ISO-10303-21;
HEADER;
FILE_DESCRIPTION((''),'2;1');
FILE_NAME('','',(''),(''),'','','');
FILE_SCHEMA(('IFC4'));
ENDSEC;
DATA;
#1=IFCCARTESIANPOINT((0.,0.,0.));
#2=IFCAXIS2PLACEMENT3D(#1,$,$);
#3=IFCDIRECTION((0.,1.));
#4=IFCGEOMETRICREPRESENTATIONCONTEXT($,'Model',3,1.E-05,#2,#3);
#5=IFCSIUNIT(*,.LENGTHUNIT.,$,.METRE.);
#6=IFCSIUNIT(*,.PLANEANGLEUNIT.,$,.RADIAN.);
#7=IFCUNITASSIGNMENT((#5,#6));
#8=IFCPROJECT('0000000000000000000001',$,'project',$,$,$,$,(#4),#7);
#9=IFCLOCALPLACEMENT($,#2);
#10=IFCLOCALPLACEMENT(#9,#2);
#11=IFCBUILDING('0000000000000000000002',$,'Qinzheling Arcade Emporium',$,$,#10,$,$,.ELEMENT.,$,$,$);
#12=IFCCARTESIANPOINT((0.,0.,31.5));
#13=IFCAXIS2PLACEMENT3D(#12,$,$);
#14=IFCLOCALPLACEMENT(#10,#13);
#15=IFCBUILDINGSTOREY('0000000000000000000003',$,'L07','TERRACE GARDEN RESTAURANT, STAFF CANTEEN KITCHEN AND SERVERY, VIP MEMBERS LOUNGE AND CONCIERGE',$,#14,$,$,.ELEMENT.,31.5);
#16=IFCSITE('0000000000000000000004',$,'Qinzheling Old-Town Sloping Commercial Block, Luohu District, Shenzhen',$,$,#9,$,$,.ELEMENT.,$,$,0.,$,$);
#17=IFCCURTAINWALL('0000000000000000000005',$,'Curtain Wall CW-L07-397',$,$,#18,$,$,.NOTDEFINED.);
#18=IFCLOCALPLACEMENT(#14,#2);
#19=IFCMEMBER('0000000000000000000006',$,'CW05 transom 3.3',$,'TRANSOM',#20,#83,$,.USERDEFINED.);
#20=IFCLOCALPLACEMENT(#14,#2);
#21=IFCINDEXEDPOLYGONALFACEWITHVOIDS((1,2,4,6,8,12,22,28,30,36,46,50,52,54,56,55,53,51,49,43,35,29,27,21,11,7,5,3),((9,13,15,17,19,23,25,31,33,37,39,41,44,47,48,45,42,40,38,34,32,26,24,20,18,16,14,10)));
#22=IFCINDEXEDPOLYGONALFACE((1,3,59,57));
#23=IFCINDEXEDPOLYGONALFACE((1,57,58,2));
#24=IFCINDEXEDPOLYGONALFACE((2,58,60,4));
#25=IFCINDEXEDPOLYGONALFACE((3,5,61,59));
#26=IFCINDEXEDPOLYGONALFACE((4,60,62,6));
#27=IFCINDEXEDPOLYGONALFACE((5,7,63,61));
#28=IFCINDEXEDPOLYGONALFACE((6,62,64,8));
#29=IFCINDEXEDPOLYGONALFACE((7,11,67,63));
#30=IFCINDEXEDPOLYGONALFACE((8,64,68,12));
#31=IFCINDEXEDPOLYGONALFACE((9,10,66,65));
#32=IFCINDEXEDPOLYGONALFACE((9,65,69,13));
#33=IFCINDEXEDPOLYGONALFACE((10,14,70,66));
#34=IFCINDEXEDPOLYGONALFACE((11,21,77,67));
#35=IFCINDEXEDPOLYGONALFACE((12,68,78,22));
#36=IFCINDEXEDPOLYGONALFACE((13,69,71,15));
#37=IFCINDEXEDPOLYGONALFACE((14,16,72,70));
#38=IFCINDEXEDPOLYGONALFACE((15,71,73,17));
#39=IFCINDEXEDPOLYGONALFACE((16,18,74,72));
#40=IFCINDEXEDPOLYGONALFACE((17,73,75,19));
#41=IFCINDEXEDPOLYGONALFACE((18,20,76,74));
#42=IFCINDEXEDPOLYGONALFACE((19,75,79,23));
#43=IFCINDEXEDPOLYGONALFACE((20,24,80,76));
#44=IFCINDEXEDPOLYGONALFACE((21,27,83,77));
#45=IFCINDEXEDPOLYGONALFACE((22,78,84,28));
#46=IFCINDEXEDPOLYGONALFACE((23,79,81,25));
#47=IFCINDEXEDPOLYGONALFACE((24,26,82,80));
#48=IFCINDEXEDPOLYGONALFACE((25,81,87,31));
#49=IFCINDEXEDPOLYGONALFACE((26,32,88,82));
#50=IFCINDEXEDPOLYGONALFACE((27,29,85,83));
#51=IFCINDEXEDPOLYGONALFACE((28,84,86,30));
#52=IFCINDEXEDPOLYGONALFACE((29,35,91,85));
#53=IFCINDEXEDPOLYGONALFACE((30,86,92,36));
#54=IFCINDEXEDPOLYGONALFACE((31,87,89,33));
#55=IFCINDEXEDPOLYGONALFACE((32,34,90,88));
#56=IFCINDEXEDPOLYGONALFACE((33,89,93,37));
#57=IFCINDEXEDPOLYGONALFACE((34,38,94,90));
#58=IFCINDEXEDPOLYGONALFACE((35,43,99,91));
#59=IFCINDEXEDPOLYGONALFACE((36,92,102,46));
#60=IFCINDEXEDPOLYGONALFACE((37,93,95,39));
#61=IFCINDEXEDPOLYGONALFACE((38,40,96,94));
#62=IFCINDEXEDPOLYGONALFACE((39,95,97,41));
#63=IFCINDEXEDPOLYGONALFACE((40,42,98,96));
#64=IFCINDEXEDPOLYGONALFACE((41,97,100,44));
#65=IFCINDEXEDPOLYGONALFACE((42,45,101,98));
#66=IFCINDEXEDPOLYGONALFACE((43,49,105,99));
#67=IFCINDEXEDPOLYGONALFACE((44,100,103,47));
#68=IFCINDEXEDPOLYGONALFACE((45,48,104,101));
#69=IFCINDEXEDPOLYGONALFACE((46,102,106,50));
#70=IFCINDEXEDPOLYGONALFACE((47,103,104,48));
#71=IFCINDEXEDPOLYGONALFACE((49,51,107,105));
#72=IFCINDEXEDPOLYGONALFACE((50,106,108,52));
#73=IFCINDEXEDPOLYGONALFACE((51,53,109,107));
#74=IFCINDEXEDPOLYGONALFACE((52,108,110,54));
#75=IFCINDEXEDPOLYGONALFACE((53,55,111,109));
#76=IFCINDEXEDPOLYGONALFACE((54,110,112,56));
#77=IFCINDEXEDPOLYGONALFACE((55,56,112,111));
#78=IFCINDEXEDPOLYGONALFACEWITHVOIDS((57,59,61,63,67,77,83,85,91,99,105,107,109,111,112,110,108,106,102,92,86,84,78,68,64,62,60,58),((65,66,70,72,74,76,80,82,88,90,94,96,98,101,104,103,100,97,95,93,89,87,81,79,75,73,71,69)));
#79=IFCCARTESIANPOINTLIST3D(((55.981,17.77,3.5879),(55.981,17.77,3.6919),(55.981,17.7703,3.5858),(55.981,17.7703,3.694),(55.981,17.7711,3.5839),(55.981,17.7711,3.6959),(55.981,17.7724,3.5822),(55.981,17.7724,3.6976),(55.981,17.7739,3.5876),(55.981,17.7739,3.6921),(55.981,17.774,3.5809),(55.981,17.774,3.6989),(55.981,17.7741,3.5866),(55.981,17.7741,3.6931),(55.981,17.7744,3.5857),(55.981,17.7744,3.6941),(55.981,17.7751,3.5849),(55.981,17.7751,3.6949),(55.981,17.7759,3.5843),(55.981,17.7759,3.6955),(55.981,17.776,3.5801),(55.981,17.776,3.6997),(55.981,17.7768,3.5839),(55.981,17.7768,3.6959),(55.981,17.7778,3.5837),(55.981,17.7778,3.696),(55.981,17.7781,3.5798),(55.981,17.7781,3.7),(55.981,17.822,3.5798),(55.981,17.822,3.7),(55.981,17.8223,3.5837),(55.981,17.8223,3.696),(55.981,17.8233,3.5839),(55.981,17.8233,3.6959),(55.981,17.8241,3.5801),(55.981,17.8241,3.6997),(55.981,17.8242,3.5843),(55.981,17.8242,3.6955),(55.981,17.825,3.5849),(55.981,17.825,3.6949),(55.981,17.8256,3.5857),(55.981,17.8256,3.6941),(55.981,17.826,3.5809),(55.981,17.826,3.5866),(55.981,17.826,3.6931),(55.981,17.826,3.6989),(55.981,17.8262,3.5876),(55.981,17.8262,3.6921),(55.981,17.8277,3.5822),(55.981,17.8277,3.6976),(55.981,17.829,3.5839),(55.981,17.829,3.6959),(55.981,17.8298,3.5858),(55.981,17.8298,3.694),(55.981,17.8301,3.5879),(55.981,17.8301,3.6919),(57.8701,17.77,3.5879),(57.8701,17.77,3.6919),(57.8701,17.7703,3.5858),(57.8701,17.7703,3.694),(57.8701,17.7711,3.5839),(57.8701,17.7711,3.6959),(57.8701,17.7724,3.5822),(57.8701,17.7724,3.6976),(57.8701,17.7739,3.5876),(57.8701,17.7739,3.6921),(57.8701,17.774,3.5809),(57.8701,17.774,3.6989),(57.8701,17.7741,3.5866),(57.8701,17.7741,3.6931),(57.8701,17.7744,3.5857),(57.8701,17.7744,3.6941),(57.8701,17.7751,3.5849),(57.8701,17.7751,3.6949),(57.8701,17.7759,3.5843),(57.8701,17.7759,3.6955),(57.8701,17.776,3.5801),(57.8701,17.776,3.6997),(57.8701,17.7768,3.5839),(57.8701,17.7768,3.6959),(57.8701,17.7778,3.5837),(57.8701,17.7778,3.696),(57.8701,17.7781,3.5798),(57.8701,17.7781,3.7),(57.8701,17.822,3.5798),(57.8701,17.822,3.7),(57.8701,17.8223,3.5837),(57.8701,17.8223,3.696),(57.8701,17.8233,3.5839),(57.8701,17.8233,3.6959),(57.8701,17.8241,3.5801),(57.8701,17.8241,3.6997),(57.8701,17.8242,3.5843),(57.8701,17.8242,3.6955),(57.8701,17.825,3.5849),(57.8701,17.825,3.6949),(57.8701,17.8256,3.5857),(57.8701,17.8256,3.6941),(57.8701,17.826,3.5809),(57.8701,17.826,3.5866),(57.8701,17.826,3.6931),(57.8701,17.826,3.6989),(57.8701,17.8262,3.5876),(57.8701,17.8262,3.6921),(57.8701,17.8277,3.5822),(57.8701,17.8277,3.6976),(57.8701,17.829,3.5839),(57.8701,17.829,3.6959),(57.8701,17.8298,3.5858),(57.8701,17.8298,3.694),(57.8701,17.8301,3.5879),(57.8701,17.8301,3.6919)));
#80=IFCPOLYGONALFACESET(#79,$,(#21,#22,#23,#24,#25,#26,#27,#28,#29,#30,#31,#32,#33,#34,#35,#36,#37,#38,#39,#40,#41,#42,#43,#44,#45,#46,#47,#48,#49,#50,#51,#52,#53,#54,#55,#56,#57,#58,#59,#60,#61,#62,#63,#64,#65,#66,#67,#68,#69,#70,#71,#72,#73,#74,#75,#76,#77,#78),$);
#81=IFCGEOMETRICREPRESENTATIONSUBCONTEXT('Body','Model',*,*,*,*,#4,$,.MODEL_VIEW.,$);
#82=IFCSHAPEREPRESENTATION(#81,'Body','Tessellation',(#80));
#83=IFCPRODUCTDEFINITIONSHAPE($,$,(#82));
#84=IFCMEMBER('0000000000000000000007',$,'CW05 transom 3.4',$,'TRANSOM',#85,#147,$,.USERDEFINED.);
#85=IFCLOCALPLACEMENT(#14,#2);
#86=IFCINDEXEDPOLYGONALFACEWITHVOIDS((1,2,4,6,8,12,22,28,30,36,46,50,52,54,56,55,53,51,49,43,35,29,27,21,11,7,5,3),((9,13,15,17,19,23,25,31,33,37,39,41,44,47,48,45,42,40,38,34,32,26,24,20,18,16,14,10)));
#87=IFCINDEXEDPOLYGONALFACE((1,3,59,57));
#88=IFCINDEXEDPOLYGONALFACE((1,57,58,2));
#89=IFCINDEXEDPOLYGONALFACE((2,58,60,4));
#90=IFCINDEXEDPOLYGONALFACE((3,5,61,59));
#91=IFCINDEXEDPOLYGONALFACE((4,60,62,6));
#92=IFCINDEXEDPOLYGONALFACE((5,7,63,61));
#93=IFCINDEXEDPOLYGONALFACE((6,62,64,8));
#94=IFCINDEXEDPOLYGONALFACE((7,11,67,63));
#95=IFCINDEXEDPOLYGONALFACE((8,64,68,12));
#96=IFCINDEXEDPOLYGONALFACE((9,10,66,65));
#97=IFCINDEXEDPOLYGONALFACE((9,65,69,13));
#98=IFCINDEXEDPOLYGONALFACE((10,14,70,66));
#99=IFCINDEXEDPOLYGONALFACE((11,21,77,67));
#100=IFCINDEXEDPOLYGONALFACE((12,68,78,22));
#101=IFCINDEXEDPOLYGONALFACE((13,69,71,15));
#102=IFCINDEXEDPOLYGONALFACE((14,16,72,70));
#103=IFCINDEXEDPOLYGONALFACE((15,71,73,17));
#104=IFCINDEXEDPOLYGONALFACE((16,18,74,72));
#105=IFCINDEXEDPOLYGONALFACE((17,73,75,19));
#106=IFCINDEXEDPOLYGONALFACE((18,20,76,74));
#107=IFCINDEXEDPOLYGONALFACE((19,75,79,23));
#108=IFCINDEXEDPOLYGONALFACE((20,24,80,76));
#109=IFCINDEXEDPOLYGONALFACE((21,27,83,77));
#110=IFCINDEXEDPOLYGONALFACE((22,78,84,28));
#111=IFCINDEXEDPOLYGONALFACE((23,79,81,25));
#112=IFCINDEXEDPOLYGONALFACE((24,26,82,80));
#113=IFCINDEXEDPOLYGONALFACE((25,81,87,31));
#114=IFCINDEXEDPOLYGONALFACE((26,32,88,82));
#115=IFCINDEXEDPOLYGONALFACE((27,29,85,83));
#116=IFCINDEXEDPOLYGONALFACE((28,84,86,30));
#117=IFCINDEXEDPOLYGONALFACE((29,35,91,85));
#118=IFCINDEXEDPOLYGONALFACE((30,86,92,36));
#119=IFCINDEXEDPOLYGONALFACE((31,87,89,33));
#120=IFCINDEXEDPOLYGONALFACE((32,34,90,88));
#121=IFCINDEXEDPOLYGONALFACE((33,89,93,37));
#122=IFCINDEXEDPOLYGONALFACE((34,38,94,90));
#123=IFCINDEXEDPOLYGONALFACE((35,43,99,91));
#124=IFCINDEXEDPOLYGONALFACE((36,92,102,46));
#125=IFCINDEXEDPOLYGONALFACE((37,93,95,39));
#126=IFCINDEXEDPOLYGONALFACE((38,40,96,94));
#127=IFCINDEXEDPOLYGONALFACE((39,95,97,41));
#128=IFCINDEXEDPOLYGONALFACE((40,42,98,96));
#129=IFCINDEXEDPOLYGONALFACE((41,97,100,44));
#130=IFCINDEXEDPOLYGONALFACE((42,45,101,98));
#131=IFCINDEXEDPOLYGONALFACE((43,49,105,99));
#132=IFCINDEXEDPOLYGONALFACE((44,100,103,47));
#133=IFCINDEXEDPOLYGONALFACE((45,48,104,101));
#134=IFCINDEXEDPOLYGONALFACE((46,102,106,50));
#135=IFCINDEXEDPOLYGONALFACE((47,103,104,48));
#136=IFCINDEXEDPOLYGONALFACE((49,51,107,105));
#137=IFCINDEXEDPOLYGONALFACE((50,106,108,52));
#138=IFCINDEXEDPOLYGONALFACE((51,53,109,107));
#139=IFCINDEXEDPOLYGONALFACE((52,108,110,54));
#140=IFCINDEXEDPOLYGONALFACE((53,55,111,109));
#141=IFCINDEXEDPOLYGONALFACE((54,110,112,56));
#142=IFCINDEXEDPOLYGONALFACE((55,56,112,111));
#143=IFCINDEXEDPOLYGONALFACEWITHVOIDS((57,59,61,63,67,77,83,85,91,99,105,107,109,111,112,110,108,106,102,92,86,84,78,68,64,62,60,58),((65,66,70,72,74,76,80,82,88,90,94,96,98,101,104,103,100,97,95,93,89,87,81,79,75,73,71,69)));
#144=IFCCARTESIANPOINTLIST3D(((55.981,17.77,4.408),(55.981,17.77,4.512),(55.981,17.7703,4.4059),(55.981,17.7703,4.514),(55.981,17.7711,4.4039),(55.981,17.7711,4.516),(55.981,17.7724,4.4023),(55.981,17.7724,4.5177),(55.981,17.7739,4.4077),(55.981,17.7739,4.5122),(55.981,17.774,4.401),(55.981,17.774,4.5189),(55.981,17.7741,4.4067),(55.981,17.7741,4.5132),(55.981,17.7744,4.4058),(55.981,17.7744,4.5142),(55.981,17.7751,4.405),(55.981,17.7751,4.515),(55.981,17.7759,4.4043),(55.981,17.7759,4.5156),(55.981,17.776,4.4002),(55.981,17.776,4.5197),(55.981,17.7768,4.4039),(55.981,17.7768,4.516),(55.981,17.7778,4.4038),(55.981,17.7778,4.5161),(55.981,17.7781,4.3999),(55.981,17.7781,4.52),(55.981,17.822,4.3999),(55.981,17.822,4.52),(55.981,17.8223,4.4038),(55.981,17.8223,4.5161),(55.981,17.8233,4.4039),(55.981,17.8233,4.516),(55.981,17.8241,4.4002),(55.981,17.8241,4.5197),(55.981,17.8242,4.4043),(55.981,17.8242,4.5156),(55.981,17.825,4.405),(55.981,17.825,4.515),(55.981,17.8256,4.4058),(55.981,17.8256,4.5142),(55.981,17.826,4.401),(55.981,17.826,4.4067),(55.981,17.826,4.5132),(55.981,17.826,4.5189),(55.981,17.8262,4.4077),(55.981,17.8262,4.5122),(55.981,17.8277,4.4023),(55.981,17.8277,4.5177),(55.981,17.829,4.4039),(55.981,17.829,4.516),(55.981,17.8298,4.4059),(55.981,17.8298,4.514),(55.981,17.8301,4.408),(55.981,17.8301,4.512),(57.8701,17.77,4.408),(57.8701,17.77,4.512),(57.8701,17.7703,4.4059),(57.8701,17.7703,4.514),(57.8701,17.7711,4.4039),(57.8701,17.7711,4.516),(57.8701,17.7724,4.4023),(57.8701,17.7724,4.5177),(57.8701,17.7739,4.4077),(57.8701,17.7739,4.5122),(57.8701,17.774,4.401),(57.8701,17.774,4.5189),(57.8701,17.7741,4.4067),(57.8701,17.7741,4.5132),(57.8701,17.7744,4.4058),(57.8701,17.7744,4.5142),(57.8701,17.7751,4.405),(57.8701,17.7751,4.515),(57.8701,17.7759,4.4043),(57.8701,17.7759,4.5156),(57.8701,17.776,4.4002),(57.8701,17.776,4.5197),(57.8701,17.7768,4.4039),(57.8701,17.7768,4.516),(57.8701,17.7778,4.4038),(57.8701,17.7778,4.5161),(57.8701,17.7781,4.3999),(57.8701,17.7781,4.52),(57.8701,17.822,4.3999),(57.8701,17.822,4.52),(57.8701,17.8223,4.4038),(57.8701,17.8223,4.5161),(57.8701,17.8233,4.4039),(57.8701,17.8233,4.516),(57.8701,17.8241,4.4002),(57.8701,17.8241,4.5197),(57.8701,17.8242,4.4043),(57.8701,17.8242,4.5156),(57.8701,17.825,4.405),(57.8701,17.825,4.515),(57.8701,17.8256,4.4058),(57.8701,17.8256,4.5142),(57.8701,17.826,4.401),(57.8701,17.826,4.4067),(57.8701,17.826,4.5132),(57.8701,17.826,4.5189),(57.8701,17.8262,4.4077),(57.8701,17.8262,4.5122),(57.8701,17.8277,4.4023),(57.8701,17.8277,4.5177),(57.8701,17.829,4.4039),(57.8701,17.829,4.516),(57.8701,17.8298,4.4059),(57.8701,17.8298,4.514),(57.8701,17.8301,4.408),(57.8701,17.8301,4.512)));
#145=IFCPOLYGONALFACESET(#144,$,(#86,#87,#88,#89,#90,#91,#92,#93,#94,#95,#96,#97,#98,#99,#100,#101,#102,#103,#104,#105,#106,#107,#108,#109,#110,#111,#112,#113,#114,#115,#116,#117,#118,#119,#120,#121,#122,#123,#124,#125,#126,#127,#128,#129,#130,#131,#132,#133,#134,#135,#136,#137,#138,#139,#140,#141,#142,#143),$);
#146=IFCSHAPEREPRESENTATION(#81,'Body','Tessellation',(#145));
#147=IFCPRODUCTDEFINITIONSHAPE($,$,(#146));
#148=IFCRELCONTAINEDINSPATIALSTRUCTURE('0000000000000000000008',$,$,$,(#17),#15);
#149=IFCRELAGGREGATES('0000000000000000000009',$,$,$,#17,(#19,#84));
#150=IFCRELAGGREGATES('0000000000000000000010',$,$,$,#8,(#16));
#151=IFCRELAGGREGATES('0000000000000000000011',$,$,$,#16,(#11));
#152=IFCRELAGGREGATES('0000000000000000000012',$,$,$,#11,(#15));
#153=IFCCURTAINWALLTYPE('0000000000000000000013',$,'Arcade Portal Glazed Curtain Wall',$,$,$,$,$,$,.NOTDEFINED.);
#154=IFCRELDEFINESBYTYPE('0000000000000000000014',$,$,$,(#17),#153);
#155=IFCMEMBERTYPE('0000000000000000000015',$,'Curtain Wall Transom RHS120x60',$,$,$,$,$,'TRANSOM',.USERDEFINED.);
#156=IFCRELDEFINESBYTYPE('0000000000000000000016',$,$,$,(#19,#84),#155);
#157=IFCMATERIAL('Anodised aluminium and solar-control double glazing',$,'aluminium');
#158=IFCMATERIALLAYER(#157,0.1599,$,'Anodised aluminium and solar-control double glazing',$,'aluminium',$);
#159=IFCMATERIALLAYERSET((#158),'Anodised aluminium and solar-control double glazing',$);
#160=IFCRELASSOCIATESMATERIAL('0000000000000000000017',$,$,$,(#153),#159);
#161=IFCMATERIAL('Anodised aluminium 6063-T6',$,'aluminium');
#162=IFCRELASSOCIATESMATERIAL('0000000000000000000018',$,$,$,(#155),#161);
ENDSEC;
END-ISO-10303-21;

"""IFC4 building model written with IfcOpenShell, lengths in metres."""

from ifc_helpers import new_model, si_unit, direction, frame, origin, origin_2d, place, context, subcontext, project, spatial, hollow_rectangle, extrude, material, layer, layer_set, material_profile, profile_set, type_object, element, aggregate, save


model = new_model("IFC4")

# Units and contexts
model_context = context("Model", 3, precision=1e-05, world=origin(), true_north=direction((0.0, 1.0)))
body_context = subcontext(model_context, "Body", "Model", "MODEL_VIEW")
ifc_project = project(units=[si_unit("LENGTHUNIT", "METRE"), si_unit("PLANEANGLEUNIT", "RADIAN")], contexts=[model_context])

# Site, building, storey
site_placement = place(None, origin())
site = spatial("IfcSite", under=ifc_project, at=site_placement, Name="Qinzheling Old-Town Sloping Commercial Block, Luohu District, Shenzhen", CompositionType="ELEMENT", RefElevation=0.0)
building_placement = place(site_placement, origin())
building = spatial("IfcBuilding", under=site, at=building_placement, Name="Qinzheling Arcade Emporium", CompositionType="ELEMENT")
storey_placement = place(building_placement, frame((0.0, 0.0, 31.5)))
storey = spatial("IfcBuildingStorey", under=building, at=storey_placement, Name="L07", Description="TERRACE GARDEN RESTAURANT, STAFF CANTEEN KITCHEN AND SERVERY, VIP MEMBERS LOUNGE AND CONCIERGE", CompositionType="ELEMENT", Elevation=31.5)

# Curtain wall
ifc_material_1 = material(Name="Anodised aluminium and solar-control double glazing", Category="aluminium")
ifc_layer_1 = layer(ifc_material_1, 0.1599, Name="Anodised aluminium and solar-control double glazing", Category="aluminium")
ifc_layer_set_1 = layer_set([ifc_layer_1], Name="Anodised aluminium and solar-control double glazing")
curtain_wall_type = type_object("IfcCurtainWallType", Name="Arcade Portal Glazed Curtain Wall", PredefinedType="NOTDEFINED", material=ifc_layer_set_1)
curtain_wall_1_placement = place(storey_placement, origin())
curtain_wall_1 = element("IfcCurtainWall", 1, at=curtain_wall_1_placement, inside=storey, type_object=curtain_wall_type, Name="Curtain Wall CW-L07-397", PredefinedType="NOTDEFINED")
ifc_material_2 = material(Name="Anodised aluminium 6063-T6", Category="aluminium")

# Members
ifc_material_profile_1 = material_profile(ifc_material_2, hollow_rectangle(XDim=0.0601, YDim=0.1201, WallThickness=0.0039, InnerFilletRadius=0.0039, OuterFilletRadius=0.0081, at=origin_2d()), Name="RHS 120x60x4", Category="aluminium")
ifc_profile_set_1 = profile_set([ifc_material_profile_1], Name="Anodised aluminium 6063-T6")
member_type_1 = type_object("IfcMemberType", Name="Curtain Wall Transom RHS120x60", ElementType="TRANSOM", PredefinedType="USERDEFINED", material=ifc_profile_set_1)
member_1_placement = place(storey_placement, frame((57.8701, 17.8, 3.6399), z_axis=(-1.0, 0.0, 0.0), x_axis=(0.0, -1.0, 0.0)))
member_1 = element("IfcMember", 2, at=member_1_placement, type_object=member_type_1, Name="CW05 transom 3.3", ObjectType="TRANSOM", PredefinedType="USERDEFINED", context=body_context, shape_type="SweptSolid", body=[
    extrude(hollow_rectangle(XDim=0.0601, YDim=0.1201, WallThickness=0.0039, InnerFilletRadius=0.0039, OuterFilletRadius=0.0081, at=origin_2d()), origin(), (0.0, 0.0, 1.0), 1.8892),
])
member_2_placement = place(storey_placement, frame((57.8701, 17.8, 4.46), z_axis=(-1.0, 0.0, 0.0), x_axis=(0.0, -1.0, 0.0)))
member_2 = element("IfcMember", 3, at=member_2_placement, type_object=member_type_1, Name="CW05 transom 3.4", ObjectType="TRANSOM", PredefinedType="USERDEFINED", context=body_context, shape_type="SweptSolid", body=[
    extrude(hollow_rectangle(XDim=0.0601, YDim=0.1201, WallThickness=0.0039, InnerFilletRadius=0.0039, OuterFilletRadius=0.0081, at=origin_2d()), origin(), (0.0, 0.0, 1.0), 1.8892),
])

aggregate(curtain_wall_1, [member_1, member_2])

save(model, "model.ifc")
